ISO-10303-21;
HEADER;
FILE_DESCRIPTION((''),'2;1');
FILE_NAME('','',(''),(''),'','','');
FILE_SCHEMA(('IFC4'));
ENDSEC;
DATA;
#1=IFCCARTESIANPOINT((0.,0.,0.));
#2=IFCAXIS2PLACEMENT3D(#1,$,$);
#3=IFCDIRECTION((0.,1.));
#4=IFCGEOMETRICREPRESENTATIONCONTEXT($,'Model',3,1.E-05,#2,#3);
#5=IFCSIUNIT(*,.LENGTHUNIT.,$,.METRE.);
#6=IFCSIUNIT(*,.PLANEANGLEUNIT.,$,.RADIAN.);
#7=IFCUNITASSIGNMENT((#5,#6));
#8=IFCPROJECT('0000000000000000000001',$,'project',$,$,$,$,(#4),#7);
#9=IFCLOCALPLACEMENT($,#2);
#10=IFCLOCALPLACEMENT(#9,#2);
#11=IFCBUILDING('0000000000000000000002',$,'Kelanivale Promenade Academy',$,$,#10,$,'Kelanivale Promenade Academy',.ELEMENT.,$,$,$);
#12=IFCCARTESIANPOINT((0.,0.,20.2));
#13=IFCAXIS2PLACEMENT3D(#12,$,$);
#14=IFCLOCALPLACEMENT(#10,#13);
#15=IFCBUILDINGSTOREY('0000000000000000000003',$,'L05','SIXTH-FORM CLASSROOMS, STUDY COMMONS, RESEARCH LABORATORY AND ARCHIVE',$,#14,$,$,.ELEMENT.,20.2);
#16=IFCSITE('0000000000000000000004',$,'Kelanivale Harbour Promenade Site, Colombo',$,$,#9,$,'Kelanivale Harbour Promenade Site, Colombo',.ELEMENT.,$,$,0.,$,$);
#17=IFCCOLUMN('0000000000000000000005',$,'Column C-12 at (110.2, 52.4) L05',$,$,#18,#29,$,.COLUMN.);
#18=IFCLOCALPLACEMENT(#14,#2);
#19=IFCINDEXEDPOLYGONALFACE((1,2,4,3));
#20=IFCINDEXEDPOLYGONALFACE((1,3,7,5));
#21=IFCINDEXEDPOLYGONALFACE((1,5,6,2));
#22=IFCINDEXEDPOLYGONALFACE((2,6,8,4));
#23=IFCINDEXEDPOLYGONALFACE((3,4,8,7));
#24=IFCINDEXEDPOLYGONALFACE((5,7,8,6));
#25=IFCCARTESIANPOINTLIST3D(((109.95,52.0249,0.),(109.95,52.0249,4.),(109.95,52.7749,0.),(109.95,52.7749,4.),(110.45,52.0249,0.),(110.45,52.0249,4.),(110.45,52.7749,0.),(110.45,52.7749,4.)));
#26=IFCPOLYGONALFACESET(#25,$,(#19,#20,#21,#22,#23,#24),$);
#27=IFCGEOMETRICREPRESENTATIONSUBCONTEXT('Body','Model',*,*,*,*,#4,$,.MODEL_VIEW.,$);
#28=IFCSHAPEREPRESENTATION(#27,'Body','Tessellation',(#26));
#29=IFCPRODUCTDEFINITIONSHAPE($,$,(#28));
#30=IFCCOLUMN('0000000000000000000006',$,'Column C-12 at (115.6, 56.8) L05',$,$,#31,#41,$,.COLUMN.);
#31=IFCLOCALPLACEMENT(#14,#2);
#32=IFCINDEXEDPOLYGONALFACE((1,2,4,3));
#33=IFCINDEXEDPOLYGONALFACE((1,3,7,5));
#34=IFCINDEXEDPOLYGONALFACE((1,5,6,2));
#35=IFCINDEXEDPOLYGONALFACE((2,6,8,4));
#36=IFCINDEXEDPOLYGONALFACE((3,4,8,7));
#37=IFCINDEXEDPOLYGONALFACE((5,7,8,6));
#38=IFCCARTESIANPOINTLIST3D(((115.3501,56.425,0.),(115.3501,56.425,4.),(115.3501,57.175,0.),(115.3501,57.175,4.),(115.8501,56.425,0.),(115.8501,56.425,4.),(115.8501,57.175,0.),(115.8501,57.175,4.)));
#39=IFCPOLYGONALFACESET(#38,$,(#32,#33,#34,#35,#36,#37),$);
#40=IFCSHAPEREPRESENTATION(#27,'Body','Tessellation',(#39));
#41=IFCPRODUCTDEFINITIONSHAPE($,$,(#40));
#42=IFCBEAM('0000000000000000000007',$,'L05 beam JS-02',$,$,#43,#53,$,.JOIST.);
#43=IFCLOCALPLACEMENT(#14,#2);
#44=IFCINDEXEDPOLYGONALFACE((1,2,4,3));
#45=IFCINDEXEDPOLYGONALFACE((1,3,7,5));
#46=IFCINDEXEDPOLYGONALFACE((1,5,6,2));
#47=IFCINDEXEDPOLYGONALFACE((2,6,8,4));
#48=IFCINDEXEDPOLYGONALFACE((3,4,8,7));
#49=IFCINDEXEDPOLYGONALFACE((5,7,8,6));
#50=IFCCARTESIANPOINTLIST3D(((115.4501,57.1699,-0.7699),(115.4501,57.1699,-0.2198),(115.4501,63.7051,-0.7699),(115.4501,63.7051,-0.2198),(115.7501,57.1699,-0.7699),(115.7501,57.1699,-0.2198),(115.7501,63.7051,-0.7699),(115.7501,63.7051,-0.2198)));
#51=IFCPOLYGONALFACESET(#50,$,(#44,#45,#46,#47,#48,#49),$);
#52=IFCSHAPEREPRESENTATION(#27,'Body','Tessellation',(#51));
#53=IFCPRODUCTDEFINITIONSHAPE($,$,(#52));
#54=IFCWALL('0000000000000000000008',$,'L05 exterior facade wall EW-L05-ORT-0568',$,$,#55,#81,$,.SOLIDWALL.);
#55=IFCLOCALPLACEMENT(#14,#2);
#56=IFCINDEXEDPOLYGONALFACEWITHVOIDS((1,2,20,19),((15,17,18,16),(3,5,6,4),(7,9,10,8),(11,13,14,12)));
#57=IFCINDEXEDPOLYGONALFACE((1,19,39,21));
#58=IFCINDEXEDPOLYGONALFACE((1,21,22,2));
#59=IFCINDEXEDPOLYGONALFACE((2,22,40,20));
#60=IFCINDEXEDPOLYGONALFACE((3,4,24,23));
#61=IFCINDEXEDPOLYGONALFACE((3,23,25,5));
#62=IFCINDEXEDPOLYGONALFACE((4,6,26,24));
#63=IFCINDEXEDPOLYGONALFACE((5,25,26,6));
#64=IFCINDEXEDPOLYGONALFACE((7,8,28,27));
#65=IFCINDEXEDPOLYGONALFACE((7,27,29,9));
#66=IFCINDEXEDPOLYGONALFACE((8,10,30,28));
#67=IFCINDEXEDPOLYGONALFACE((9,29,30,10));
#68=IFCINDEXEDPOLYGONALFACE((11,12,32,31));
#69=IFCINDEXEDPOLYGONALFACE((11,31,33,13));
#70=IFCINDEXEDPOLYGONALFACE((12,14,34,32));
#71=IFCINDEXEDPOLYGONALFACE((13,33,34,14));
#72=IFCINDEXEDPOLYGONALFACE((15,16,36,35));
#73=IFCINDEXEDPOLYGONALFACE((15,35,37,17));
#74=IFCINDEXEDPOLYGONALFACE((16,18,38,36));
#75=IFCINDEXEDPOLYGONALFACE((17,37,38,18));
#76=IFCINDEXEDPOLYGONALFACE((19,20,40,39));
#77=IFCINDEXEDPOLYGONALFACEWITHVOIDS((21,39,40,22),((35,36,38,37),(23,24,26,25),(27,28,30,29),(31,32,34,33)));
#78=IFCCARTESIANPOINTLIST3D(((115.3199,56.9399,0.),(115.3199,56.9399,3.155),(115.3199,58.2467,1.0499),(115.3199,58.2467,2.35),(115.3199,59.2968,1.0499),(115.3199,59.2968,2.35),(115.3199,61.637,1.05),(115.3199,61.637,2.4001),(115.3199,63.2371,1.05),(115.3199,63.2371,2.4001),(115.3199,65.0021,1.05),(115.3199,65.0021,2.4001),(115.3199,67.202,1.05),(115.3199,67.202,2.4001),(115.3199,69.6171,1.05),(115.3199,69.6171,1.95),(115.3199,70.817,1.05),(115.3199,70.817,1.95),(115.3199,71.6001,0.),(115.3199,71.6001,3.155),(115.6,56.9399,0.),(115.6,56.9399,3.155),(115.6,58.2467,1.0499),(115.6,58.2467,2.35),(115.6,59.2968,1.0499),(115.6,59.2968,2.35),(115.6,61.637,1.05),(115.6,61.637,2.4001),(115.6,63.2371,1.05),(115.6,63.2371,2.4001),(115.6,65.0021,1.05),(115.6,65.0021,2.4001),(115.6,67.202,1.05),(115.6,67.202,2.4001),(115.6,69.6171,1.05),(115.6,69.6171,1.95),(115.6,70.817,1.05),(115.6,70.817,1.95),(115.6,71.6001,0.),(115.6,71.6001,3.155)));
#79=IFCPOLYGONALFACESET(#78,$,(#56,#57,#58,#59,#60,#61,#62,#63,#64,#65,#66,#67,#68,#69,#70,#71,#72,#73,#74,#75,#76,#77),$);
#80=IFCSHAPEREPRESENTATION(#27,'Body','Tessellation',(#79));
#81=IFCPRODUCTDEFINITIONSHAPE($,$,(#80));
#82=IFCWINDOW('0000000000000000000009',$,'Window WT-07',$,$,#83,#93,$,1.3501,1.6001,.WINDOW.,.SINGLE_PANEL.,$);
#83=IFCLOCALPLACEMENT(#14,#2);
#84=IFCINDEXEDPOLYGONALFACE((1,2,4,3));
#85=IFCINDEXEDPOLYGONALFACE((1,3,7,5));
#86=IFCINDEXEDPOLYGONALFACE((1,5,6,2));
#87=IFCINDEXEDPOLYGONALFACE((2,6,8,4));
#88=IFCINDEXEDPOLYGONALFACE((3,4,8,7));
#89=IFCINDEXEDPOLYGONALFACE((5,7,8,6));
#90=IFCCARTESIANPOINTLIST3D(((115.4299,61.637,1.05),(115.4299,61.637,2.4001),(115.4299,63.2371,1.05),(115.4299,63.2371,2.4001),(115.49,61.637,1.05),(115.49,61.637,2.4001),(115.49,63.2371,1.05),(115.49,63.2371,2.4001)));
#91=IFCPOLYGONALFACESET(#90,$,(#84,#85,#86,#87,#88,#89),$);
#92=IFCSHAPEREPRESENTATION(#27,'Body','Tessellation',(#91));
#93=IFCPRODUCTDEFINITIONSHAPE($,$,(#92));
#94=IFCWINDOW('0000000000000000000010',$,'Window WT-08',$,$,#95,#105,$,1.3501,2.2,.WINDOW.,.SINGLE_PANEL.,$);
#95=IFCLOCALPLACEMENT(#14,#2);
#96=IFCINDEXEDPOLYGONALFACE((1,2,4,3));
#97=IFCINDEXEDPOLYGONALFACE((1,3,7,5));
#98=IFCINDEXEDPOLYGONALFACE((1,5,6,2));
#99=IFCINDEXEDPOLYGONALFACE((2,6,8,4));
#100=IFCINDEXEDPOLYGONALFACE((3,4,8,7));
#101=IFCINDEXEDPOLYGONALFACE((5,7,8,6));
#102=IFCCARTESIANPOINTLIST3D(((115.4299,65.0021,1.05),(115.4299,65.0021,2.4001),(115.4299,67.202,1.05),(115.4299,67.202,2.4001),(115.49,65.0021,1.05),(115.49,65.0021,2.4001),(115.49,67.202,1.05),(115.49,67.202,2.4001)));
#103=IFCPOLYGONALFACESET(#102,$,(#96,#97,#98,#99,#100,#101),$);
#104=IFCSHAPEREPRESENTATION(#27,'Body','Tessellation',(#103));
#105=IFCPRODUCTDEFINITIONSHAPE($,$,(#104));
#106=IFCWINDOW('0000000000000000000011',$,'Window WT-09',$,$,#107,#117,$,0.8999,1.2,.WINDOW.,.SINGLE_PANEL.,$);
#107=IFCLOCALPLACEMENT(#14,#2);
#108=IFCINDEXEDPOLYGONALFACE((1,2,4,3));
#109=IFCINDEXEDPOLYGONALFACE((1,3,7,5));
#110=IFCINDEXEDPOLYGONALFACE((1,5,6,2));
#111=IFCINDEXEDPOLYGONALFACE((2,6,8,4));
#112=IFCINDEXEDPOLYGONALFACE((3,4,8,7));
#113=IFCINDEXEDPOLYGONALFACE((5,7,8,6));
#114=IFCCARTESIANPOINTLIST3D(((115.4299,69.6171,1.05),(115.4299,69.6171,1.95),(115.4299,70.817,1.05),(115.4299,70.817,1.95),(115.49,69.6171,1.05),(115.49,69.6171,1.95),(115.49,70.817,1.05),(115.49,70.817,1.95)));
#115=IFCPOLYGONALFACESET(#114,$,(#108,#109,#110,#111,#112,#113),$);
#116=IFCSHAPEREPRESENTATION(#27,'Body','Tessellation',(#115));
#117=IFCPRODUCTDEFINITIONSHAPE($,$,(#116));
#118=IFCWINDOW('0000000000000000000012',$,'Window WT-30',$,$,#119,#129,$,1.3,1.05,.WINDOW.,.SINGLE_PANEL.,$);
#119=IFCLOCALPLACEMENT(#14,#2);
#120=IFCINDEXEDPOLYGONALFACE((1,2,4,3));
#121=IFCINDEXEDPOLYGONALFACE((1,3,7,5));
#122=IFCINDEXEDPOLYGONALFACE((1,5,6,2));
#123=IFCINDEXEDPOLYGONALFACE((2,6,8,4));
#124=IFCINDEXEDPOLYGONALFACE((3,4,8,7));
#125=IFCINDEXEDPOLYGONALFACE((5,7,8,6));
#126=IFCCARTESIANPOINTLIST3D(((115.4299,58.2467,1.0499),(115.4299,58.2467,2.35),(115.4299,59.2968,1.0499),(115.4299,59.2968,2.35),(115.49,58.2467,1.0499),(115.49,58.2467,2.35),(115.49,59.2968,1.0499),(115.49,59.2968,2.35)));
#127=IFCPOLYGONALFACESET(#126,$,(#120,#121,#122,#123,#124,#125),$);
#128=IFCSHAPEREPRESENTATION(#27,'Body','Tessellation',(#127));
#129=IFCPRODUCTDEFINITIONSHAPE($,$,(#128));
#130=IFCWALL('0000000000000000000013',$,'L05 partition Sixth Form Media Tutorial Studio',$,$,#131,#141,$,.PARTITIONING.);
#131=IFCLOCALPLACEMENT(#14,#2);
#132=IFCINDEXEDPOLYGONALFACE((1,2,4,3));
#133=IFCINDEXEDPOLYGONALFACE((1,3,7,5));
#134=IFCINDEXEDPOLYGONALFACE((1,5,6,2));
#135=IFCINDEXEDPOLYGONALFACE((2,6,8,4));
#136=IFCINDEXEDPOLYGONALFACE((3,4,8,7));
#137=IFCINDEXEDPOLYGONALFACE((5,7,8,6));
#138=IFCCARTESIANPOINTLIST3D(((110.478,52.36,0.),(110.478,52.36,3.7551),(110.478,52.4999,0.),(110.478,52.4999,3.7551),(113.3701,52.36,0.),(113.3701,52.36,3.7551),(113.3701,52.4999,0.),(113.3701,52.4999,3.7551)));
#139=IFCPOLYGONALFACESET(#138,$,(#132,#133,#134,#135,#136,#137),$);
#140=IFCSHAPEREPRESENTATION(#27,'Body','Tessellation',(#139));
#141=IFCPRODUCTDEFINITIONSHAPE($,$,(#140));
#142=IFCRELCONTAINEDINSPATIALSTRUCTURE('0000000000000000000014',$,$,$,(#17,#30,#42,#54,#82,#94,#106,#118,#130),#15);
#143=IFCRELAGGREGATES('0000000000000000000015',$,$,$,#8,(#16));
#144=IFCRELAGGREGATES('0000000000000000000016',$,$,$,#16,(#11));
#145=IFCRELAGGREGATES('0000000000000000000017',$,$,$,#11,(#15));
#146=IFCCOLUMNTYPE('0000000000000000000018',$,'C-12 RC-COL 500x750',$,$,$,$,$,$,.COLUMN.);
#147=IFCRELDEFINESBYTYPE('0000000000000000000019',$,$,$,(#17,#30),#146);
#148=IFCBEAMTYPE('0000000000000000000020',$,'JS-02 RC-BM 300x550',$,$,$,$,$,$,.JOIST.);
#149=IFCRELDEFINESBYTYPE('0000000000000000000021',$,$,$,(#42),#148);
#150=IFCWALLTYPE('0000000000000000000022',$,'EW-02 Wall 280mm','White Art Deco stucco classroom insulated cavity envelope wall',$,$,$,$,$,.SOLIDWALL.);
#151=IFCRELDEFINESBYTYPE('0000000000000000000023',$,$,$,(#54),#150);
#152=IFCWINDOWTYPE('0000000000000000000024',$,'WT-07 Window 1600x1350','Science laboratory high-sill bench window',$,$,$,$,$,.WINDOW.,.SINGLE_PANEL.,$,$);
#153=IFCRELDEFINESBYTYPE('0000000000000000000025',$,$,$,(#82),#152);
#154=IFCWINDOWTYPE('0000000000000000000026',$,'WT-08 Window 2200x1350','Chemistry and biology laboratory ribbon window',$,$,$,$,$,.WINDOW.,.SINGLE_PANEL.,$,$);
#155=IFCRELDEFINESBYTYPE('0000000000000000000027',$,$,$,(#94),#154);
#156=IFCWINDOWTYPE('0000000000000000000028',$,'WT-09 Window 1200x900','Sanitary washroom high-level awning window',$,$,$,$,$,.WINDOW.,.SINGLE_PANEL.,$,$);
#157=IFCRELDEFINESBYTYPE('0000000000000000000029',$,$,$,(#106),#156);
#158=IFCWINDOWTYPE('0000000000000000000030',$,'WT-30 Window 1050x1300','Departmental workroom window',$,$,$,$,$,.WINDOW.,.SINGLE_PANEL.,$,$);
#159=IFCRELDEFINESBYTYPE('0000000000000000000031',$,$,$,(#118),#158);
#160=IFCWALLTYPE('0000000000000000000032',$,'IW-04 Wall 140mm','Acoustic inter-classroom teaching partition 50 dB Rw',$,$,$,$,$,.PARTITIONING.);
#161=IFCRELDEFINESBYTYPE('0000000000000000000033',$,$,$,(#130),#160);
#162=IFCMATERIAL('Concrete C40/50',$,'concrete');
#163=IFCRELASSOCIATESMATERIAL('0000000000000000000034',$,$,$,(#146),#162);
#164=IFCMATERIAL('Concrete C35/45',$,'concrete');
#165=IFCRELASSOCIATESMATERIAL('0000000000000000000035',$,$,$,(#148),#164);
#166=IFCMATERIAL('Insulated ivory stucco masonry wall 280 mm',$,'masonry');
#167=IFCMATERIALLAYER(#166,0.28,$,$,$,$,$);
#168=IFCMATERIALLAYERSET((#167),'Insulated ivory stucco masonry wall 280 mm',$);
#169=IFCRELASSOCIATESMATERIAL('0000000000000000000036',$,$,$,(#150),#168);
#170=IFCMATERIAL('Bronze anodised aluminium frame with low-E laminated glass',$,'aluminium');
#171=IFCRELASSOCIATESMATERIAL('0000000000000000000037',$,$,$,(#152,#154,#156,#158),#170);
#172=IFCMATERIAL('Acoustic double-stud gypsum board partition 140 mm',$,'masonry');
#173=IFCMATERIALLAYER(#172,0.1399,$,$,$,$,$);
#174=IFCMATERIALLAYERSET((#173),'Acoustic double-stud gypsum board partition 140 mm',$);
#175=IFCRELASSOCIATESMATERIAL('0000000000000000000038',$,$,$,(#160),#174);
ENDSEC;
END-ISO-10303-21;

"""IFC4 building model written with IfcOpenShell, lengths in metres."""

from ifc_helpers import new_model, si_unit, direction, frame, frame_2d, origin, origin_2d, place, context, subcontext, project, spatial, rectangle, extrude, material, layer, layer_set, material_profile, profile_set, type_object, element, fill, save


model = new_model("IFC4")

# Units and contexts
model_context = context("Model", 3, precision=1e-05, world=origin(), true_north=direction((0.0, 1.0)))
body_context = subcontext(model_context, "Body", "Model", "MODEL_VIEW")
ifc_project = project(units=[si_unit("LENGTHUNIT", "METRE"), si_unit("PLANEANGLEUNIT", "RADIAN")], contexts=[model_context])

# Site, building, storey
site_placement = place(None, origin())
site = spatial("IfcSite", under=ifc_project, at=site_placement, Name="Kelanivale Harbour Promenade Site, Colombo", LongName="Kelanivale Harbour Promenade Site, Colombo", CompositionType="ELEMENT", RefElevation=0.0)
building_placement = place(site_placement, origin())
building = spatial("IfcBuilding", under=site, at=building_placement, Name="Kelanivale Promenade Academy", LongName="Kelanivale Promenade Academy", CompositionType="ELEMENT")
storey_placement = place(building_placement, frame((0.0, 0.0, 20.2)))
storey = spatial("IfcBuildingStorey", under=building, at=storey_placement, Name="L05", Description="SIXTH-FORM CLASSROOMS, STUDY COMMONS, RESEARCH LABORATORY AND ARCHIVE", CompositionType="ELEMENT", Elevation=20.2)

# Columns
ifc_material_1 = material(Name="Concrete C40/50", Category="concrete")
ifc_material_profile_1 = material_profile(ifc_material_1, rectangle(XDim=0.5, YDim=0.75, at=origin_2d()), Name="RC-COL 500x750")
ifc_profile_set_1 = profile_set([ifc_material_profile_1], Name="Concrete C40/50")
column_type = type_object("IfcColumnType", Name="C-12 RC-COL 500x750", PredefinedType="COLUMN", material=ifc_profile_set_1)
for number, where, z_axis, x_axis, name in (
    (1, (110.2, 52.3999, 0.0), (0.0, 0.0, 1.0), (1.0, 0.0, 0.0), "Column C-12 at (110.2, 52.4) L05"),
    (2, (115.6001, 56.8, 0.0), (0.0, 0.0, 1.0), (1.0, 0.0, 0.0), "Column C-12 at (115.6, 56.8) L05"),
):
    element("IfcColumn", number, at=place(storey_placement, frame(where, z_axis=z_axis, x_axis=x_axis)), inside=storey, type_object=column_type, Name=name, PredefinedType="COLUMN", context=body_context, shape_type="SweptSolid", body=[
        extrude(rectangle(XDim=0.5, YDim=0.75, at=origin_2d()), origin(), (0.0, 0.0, 1.0), 4.0),
    ])

# Beam
ifc_material_2 = material(Name="Concrete C35/45", Category="concrete")
ifc_material_profile_2 = material_profile(ifc_material_2, rectangle(XDim=0.3, YDim=0.55, at=origin_2d()), Name="RC-BM 300x550")
ifc_profile_set_2 = profile_set([ifc_material_profile_2], Name="Concrete C35/45")
beam_type = type_object("IfcBeamType", Name="JS-02 RC-BM 300x550", PredefinedType="JOIST", material=ifc_profile_set_2)
beam_placement = place(storey_placement, frame((115.6001, 57.1699, -0.4949), z_axis=(0.0, 1.0, 0.0), x_axis=(-1.0, 0.0, 0.0)))
element("IfcBeam", 3, at=beam_placement, inside=storey, type_object=beam_type, Name="L05 beam JS-02", PredefinedType="JOIST", context=body_context, shape_type="SweptSolid", body=[
    extrude(rectangle(XDim=0.3, YDim=0.55, at=origin_2d()), origin(), (0.0, 0.0, 1.0), 6.5352),
])

# Wall, openings, windows
ifc_material_3 = material(Name="Insulated ivory stucco masonry wall 280 mm", Category="masonry")
ifc_layer_1 = layer(ifc_material_3, 0.28)
ifc_layer_set_1 = layer_set([ifc_layer_1], Name="Insulated ivory stucco masonry wall 280 mm")
wall_type_1 = type_object("IfcWallType", Name="EW-02 Wall 280mm", Description="White Art Deco stucco classroom insulated cavity envelope wall", PredefinedType="SOLIDWALL", material=ifc_layer_set_1)
wall_1_placement = place(storey_placement, frame((115.46, 56.9399, 0.0), z_axis=(0.0, 0.0, 1.0), x_axis=(0.0, 1.0, 0.0)))
wall_1 = element("IfcWall", 4, at=wall_1_placement, inside=storey, type_object=wall_type_1, Name="L05 exterior facade wall EW-L05-ORT-0568", PredefinedType="SOLIDWALL", context=body_context, shape_type="SweptSolid", body=[
    extrude(rectangle(XDim=14.6602, YDim=0.28, at=frame_2d((7.3301, 0.0))), origin(), (0.0, 0.0, 1.0), 3.155),
])
opening_1_placement = place(wall_1_placement, frame((1.3069, 0.0, 1.05)))
opening_1 = element("IfcOpeningElement", 5, at=opening_1_placement, cuts=wall_1, PredefinedType="OPENING", context=body_context, shape_type="SweptSolid", body=[
    extrude(rectangle(XDim=1.05, YDim=1.3, at=frame_2d((0.5249, 0.6499))), frame((0.0, 0.1499, 0.0), z_axis=(0.0, -1.0, 0.0), x_axis=(1.0, 0.0, 0.0)), (0.0, 0.0, 1.0), 0.3),
])
opening_2_placement = place(wall_1_placement, frame((4.697, 0.0, 1.05)))
opening_2 = element("IfcOpeningElement", 6, at=opening_2_placement, cuts=wall_1, PredefinedType="OPENING", context=body_context, shape_type="SweptSolid", body=[
    extrude(rectangle(XDim=1.6001, YDim=1.3501, at=frame_2d((0.8, 0.675))), frame((0.0, 0.1499, 0.0), z_axis=(0.0, -1.0, 0.0), x_axis=(1.0, 0.0, 0.0)), (0.0, 0.0, 1.0), 0.3),
])
opening_3_placement = place(wall_1_placement, frame((8.062, 0.0, 1.05)))
opening_3 = element("IfcOpeningElement", 7, at=opening_3_placement, cuts=wall_1, PredefinedType="OPENING", context=body_context, shape_type="SweptSolid", body=[
    extrude(rectangle(XDim=2.2, YDim=1.3501, at=frame_2d((1.1001, 0.675))), frame((0.0, 0.1499, 0.0), z_axis=(0.0, -1.0, 0.0), x_axis=(1.0, 0.0, 0.0)), (0.0, 0.0, 1.0), 0.3),
])
opening_4_placement = place(wall_1_placement, frame((12.677, 0.0, 1.05)))
opening_4 = element("IfcOpeningElement", 8, at=opening_4_placement, cuts=wall_1, PredefinedType="OPENING", context=body_context, shape_type="SweptSolid", body=[
    extrude(rectangle(XDim=1.2, YDim=0.8999, at=frame_2d((0.6001, 0.45))), frame((0.0, 0.1499, 0.0), z_axis=(0.0, -1.0, 0.0), x_axis=(1.0, 0.0, 0.0)), (0.0, 0.0, 1.0), 0.3),
])
ifc_material_4 = material(Name="Bronze anodised aluminium frame with low-E laminated glass", Category="aluminium")
window_type_1 = type_object("IfcWindowType", Name="WT-07 Window 1600x1350", Description="Science laboratory high-sill bench window", PartitioningType="SINGLE_PANEL", PredefinedType="WINDOW", material=ifc_material_4)
window_1_placement = place(opening_2_placement, origin())
window_1 = element("IfcWindow", 9, at=window_1_placement, inside=storey, type_object=window_type_1, Name="Window WT-07", OverallHeight=1.3501, OverallWidth=1.6001, PartitioningType="SINGLE_PANEL", PredefinedType="WINDOW", context=body_context, shape_type="SweptSolid", body=[
    extrude(rectangle(XDim=1.6001, YDim=1.3501, at=frame_2d((0.8, 0.675))), frame((0.0, 0.03, 0.0), z_axis=(0.0, -1.0, 0.0), x_axis=(1.0, 0.0, 0.0)), (0.0, 0.0, 1.0), 0.0601),
])
fill(opening_2, window_1)
window_type_2 = type_object("IfcWindowType", Name="WT-08 Window 2200x1350", Description="Chemistry and biology laboratory ribbon window", PartitioningType="SINGLE_PANEL", PredefinedType="WINDOW", material=ifc_material_4)
window_2_placement = place(opening_3_placement, origin())
window_2 = element("IfcWindow", 10, at=window_2_placement, inside=storey, type_object=window_type_2, Name="Window WT-08", OverallHeight=1.3501, OverallWidth=2.2, PartitioningType="SINGLE_PANEL", PredefinedType="WINDOW", context=body_context, shape_type="SweptSolid", body=[
    extrude(rectangle(XDim=2.2, YDim=1.3501, at=frame_2d((1.1001, 0.675))), frame((0.0, 0.03, 0.0), z_axis=(0.0, -1.0, 0.0), x_axis=(1.0, 0.0, 0.0)), (0.0, 0.0, 1.0), 0.0601),
])
fill(opening_3, window_2)
window_type_3 = type_object("IfcWindowType", Name="WT-09 Window 1200x900", Description="Sanitary washroom high-level awning window", PartitioningType="SINGLE_PANEL", PredefinedType="WINDOW", material=ifc_material_4)
window_3_placement = place(opening_4_placement, origin())
window_3 = element("IfcWindow", 11, at=window_3_placement, inside=storey, type_object=window_type_3, Name="Window WT-09", OverallHeight=0.8999, OverallWidth=1.2, PartitioningType="SINGLE_PANEL", PredefinedType="WINDOW", context=body_context, shape_type="SweptSolid", body=[
    extrude(rectangle(XDim=1.2, YDim=0.8999, at=frame_2d((0.6001, 0.45))), frame((0.0, 0.03, 0.0), z_axis=(0.0, -1.0, 0.0), x_axis=(1.0, 0.0, 0.0)), (0.0, 0.0, 1.0), 0.0601),
])
fill(opening_4, window_3)
window_type_4 = type_object("IfcWindowType", Name="WT-30 Window 1050x1300", Description="Departmental workroom window", PartitioningType="SINGLE_PANEL", PredefinedType="WINDOW", material=ifc_material_4)
window_4_placement = place(opening_1_placement, origin())
window_4 = element("IfcWindow", 12, at=window_4_placement, inside=storey, type_object=window_type_4, Name="Window WT-30", OverallHeight=1.3, OverallWidth=1.05, PartitioningType="SINGLE_PANEL", PredefinedType="WINDOW", context=body_context, shape_type="SweptSolid", body=[
    extrude(rectangle(XDim=1.05, YDim=1.3, at=frame_2d((0.5249, 0.6499))), frame((0.0, 0.03, 0.0), z_axis=(0.0, -1.0, 0.0), x_axis=(1.0, 0.0, 0.0)), (0.0, 0.0, 1.0), 0.0601),
])
fill(opening_1, window_4)

# Wall
ifc_material_5 = material(Name="Acoustic double-stud gypsum board partition 140 mm", Category="masonry")
ifc_layer_2 = layer(ifc_material_5, 0.1399)
ifc_layer_set_2 = layer_set([ifc_layer_2], Name="Acoustic double-stud gypsum board partition 140 mm")
wall_type_2 = type_object("IfcWallType", Name="IW-04 Wall 140mm", Description="Acoustic inter-classroom teaching partition 50 dB Rw", PredefinedType="PARTITIONING", material=ifc_layer_set_2)
wall_2_placement = place(storey_placement, frame((110.478, 52.4299, 0.0), z_axis=(0.0, 0.0, 1.0), x_axis=(1.0, 0.0, 0.0)))
element("IfcWall", 13, at=wall_2_placement, inside=storey, type_object=wall_type_2, Name="L05 partition Sixth Form Media Tutorial Studio", PredefinedType="PARTITIONING", context=body_context, shape_type="SweptSolid", body=[
    extrude(rectangle(XDim=2.8921, YDim=0.1399, at=frame_2d((1.446, 0.0))), origin(), (0.0, 0.0, 1.0), 3.7551),
])

save(model, "model.ifc")
